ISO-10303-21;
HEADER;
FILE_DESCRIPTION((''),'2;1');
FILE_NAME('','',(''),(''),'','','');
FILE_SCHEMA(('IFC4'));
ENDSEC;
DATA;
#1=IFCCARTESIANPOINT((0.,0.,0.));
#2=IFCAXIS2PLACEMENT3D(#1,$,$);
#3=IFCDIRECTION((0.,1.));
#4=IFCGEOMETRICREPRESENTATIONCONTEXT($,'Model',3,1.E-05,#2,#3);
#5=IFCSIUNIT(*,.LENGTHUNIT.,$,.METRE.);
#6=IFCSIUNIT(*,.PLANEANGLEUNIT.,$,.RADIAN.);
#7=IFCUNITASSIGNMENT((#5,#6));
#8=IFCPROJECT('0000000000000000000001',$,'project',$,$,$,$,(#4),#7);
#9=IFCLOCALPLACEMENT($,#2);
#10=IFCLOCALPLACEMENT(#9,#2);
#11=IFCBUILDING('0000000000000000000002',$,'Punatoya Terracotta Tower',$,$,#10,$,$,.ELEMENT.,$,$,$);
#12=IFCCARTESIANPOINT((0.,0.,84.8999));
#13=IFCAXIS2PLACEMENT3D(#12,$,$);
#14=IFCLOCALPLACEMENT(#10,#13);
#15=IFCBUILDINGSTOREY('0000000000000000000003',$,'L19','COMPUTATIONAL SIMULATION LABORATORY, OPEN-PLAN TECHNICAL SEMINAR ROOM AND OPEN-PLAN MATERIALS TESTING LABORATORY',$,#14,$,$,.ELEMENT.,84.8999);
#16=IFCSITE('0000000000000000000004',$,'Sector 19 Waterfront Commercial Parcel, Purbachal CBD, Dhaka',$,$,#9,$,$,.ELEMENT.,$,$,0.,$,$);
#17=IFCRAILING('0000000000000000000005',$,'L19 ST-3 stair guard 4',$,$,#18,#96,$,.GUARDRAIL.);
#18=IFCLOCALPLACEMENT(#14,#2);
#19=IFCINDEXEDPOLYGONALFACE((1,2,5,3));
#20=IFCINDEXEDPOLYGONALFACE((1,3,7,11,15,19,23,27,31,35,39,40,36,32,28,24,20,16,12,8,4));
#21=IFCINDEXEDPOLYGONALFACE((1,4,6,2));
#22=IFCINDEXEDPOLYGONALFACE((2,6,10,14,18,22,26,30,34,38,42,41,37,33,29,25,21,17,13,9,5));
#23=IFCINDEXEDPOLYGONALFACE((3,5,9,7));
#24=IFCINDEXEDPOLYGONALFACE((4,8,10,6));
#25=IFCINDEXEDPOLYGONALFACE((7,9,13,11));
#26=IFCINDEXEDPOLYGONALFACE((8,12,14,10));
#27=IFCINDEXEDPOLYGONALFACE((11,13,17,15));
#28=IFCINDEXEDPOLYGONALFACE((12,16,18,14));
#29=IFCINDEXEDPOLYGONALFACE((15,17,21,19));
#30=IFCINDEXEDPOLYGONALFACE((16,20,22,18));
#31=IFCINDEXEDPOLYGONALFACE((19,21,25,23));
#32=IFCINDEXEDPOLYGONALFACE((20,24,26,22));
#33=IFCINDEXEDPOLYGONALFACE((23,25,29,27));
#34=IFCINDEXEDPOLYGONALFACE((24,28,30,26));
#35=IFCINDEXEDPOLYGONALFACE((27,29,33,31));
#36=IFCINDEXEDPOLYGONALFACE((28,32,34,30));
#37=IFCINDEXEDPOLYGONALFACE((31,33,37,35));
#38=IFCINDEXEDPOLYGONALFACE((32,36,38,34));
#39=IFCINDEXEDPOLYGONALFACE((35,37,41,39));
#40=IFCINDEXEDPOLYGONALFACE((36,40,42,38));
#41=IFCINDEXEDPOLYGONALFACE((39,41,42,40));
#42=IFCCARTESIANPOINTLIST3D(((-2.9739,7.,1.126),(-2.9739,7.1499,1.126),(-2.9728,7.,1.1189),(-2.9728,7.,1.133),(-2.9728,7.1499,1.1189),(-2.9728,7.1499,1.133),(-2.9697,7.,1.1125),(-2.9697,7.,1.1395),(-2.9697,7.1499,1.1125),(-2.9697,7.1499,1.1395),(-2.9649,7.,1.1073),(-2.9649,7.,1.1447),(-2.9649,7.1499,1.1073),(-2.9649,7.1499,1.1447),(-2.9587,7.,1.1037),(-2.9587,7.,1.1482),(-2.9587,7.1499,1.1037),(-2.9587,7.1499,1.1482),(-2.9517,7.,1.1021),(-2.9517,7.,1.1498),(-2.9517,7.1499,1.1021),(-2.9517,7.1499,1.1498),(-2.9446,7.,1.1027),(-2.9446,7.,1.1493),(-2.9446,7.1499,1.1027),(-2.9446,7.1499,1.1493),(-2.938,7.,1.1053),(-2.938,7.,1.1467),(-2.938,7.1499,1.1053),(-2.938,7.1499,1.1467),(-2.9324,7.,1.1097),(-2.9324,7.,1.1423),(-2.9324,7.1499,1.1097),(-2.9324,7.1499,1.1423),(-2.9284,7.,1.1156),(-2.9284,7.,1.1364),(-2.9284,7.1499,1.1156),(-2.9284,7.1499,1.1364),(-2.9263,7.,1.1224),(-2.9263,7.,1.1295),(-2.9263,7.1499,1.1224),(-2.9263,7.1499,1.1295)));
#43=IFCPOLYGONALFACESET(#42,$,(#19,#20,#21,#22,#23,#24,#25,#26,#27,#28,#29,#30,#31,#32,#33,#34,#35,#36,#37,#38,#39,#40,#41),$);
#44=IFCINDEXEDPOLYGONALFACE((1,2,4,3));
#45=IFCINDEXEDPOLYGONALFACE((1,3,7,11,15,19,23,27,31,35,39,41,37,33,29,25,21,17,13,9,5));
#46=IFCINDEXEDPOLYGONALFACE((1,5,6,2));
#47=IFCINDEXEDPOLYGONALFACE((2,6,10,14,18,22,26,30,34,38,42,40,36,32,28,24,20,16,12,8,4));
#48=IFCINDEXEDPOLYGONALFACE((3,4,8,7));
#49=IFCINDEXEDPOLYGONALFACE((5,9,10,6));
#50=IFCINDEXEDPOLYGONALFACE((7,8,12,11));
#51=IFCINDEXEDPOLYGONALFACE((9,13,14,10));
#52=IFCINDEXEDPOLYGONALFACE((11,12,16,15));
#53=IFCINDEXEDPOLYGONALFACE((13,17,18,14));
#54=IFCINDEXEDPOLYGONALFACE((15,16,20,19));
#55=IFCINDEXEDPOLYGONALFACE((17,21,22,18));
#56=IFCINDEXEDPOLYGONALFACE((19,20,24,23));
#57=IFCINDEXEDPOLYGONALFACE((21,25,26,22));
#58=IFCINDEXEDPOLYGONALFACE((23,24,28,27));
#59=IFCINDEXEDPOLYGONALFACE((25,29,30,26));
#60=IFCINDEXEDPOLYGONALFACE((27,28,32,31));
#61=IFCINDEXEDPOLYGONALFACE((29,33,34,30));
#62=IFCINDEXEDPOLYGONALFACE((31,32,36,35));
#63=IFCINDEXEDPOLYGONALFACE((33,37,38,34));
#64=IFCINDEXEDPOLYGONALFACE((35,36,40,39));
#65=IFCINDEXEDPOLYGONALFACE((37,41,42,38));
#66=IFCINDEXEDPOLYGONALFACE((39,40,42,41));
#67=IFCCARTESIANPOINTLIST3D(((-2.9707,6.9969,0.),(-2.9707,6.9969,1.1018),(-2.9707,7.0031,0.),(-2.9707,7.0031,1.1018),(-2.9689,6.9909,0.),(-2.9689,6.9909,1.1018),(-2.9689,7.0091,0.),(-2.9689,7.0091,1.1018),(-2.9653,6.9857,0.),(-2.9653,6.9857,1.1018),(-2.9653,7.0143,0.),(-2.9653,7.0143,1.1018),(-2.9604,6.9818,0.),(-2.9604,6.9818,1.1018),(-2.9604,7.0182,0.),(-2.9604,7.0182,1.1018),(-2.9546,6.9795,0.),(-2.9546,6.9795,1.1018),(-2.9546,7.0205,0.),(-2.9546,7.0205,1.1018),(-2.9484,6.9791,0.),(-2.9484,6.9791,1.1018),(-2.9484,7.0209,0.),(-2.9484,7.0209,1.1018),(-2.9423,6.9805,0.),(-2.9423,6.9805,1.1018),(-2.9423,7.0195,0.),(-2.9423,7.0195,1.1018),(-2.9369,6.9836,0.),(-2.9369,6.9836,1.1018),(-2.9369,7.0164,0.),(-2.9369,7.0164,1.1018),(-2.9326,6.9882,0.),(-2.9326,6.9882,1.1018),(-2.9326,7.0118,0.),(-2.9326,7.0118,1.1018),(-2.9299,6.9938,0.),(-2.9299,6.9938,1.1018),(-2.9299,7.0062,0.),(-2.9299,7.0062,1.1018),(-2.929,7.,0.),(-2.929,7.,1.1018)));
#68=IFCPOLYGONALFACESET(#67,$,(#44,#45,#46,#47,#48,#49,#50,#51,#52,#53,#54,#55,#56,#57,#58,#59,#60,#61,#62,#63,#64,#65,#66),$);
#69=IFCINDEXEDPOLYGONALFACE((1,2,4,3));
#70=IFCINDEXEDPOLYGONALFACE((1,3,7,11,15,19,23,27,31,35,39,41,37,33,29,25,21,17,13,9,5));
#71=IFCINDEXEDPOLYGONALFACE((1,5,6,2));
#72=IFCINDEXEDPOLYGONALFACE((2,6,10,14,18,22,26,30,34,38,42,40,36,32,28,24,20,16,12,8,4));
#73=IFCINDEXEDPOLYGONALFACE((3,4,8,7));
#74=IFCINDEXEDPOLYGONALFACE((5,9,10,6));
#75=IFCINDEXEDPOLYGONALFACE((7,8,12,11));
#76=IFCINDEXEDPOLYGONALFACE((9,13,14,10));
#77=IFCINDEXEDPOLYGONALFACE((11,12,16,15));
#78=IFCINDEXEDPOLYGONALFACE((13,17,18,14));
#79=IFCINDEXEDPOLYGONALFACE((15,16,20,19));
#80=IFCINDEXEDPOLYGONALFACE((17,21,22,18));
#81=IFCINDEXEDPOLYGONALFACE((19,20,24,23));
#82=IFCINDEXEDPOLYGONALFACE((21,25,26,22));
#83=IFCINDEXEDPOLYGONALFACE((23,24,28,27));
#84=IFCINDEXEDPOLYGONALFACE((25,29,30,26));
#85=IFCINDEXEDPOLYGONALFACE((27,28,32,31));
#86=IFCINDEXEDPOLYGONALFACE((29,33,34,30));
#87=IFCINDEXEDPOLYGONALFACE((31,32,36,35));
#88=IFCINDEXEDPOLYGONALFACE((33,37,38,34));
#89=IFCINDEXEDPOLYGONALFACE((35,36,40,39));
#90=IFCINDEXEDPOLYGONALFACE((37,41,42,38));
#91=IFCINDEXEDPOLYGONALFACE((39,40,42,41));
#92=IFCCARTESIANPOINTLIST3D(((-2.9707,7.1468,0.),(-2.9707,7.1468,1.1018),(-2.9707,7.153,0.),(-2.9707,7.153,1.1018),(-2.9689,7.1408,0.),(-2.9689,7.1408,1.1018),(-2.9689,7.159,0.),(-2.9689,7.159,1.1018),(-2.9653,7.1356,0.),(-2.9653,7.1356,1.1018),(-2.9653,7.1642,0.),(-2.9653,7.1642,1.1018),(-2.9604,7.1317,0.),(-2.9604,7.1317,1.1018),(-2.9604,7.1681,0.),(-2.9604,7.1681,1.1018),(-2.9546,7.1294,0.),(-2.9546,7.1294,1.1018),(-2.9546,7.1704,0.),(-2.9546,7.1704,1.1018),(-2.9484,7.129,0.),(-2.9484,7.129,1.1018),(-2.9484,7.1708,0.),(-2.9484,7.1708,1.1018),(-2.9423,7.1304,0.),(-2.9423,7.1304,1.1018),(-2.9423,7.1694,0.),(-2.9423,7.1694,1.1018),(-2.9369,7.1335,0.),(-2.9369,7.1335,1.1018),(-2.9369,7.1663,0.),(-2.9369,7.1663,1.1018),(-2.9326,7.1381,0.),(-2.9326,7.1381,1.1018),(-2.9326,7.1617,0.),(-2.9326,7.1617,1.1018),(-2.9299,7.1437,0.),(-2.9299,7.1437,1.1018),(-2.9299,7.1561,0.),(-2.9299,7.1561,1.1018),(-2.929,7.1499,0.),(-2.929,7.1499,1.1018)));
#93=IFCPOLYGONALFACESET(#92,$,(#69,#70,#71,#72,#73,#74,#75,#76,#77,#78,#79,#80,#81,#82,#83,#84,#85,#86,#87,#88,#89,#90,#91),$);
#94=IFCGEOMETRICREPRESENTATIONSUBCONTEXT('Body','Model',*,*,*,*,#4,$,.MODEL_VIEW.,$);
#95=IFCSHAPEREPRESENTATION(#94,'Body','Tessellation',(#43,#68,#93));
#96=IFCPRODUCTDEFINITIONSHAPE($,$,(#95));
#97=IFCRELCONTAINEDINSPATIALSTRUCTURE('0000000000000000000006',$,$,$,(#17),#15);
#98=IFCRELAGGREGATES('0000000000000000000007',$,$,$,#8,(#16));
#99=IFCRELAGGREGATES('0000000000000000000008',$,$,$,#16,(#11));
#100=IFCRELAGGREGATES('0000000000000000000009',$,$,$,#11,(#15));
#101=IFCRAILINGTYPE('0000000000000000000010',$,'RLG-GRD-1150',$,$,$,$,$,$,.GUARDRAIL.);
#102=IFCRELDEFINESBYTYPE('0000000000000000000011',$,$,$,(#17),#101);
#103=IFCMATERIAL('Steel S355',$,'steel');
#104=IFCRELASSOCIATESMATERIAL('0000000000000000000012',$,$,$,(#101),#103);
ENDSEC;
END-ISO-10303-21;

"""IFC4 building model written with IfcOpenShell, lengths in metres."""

from ifc_helpers import new_model, si_unit, direction, frame, origin, origin_2d, place, context, subcontext, project, spatial, circle, extrude, material, type_object, element, save


model = new_model("IFC4")

# Units and contexts
model_context = context("Model", 3, precision=1e-05, world=origin(), true_north=direction((0.0, 1.0)))
body_context = subcontext(model_context, "Body", "Model", "MODEL_VIEW")
ifc_project = project(units=[si_unit("LENGTHUNIT", "METRE"), si_unit("PLANEANGLEUNIT", "RADIAN")], contexts=[model_context])

# Site, building, storey
site_placement = place(None, origin())
site = spatial("IfcSite", under=ifc_project, at=site_placement, Name="Sector 19 Waterfront Commercial Parcel, Purbachal CBD, Dhaka", CompositionType="ELEMENT", RefElevation=0.0)
building_placement = place(site_placement, origin())
building = spatial("IfcBuilding", under=site, at=building_placement, Name="Punatoya Terracotta Tower", CompositionType="ELEMENT")
storey_placement = place(building_placement, frame((0.0, 0.0, 84.8999)))
storey = spatial("IfcBuildingStorey", under=building, at=storey_placement, Name="L19", Description="COMPUTATIONAL SIMULATION LABORATORY, OPEN-PLAN TECHNICAL SEMINAR ROOM AND OPEN-PLAN MATERIALS TESTING LABORATORY", CompositionType="ELEMENT", Elevation=84.8999)

# Shared definitions
ifc_material_1 = material(Name="Steel S355", Category="steel")

# Railing
railing_type_1 = type_object("IfcRailingType", Name="RLG-GRD-1150", PredefinedType="GUARDRAIL", material=ifc_material_1)
railing_1_placement = place(storey_placement, frame((-2.95, 7.0, 0.0)))
element("IfcRailing", 1, at=railing_1_placement, inside=storey, type_object=railing_type_1, Name="L19 ST-3 stair guard 4", PredefinedType="GUARDRAIL", context=body_context, shape_type="SweptSolid", body=[
    extrude(circle(Radius=0.0239, at=origin_2d()), frame((0.0, 0.0, 1.126), z_axis=(0.0, 1.0, 0.0), x_axis=(-1.0, 0.0, 0.0)), (0.0, 0.0, 1.0), 0.1499),
    extrude(circle(Radius=0.021, at=origin_2d()), origin(), (0.0, 0.0, 1.0), 1.1018),
    extrude(circle(Radius=0.021, at=origin_2d()), frame((0.0, 0.1499, 0.0)), (0.0, 0.0, 1.0), 1.1018),
])

save(model, "model.ifc")
